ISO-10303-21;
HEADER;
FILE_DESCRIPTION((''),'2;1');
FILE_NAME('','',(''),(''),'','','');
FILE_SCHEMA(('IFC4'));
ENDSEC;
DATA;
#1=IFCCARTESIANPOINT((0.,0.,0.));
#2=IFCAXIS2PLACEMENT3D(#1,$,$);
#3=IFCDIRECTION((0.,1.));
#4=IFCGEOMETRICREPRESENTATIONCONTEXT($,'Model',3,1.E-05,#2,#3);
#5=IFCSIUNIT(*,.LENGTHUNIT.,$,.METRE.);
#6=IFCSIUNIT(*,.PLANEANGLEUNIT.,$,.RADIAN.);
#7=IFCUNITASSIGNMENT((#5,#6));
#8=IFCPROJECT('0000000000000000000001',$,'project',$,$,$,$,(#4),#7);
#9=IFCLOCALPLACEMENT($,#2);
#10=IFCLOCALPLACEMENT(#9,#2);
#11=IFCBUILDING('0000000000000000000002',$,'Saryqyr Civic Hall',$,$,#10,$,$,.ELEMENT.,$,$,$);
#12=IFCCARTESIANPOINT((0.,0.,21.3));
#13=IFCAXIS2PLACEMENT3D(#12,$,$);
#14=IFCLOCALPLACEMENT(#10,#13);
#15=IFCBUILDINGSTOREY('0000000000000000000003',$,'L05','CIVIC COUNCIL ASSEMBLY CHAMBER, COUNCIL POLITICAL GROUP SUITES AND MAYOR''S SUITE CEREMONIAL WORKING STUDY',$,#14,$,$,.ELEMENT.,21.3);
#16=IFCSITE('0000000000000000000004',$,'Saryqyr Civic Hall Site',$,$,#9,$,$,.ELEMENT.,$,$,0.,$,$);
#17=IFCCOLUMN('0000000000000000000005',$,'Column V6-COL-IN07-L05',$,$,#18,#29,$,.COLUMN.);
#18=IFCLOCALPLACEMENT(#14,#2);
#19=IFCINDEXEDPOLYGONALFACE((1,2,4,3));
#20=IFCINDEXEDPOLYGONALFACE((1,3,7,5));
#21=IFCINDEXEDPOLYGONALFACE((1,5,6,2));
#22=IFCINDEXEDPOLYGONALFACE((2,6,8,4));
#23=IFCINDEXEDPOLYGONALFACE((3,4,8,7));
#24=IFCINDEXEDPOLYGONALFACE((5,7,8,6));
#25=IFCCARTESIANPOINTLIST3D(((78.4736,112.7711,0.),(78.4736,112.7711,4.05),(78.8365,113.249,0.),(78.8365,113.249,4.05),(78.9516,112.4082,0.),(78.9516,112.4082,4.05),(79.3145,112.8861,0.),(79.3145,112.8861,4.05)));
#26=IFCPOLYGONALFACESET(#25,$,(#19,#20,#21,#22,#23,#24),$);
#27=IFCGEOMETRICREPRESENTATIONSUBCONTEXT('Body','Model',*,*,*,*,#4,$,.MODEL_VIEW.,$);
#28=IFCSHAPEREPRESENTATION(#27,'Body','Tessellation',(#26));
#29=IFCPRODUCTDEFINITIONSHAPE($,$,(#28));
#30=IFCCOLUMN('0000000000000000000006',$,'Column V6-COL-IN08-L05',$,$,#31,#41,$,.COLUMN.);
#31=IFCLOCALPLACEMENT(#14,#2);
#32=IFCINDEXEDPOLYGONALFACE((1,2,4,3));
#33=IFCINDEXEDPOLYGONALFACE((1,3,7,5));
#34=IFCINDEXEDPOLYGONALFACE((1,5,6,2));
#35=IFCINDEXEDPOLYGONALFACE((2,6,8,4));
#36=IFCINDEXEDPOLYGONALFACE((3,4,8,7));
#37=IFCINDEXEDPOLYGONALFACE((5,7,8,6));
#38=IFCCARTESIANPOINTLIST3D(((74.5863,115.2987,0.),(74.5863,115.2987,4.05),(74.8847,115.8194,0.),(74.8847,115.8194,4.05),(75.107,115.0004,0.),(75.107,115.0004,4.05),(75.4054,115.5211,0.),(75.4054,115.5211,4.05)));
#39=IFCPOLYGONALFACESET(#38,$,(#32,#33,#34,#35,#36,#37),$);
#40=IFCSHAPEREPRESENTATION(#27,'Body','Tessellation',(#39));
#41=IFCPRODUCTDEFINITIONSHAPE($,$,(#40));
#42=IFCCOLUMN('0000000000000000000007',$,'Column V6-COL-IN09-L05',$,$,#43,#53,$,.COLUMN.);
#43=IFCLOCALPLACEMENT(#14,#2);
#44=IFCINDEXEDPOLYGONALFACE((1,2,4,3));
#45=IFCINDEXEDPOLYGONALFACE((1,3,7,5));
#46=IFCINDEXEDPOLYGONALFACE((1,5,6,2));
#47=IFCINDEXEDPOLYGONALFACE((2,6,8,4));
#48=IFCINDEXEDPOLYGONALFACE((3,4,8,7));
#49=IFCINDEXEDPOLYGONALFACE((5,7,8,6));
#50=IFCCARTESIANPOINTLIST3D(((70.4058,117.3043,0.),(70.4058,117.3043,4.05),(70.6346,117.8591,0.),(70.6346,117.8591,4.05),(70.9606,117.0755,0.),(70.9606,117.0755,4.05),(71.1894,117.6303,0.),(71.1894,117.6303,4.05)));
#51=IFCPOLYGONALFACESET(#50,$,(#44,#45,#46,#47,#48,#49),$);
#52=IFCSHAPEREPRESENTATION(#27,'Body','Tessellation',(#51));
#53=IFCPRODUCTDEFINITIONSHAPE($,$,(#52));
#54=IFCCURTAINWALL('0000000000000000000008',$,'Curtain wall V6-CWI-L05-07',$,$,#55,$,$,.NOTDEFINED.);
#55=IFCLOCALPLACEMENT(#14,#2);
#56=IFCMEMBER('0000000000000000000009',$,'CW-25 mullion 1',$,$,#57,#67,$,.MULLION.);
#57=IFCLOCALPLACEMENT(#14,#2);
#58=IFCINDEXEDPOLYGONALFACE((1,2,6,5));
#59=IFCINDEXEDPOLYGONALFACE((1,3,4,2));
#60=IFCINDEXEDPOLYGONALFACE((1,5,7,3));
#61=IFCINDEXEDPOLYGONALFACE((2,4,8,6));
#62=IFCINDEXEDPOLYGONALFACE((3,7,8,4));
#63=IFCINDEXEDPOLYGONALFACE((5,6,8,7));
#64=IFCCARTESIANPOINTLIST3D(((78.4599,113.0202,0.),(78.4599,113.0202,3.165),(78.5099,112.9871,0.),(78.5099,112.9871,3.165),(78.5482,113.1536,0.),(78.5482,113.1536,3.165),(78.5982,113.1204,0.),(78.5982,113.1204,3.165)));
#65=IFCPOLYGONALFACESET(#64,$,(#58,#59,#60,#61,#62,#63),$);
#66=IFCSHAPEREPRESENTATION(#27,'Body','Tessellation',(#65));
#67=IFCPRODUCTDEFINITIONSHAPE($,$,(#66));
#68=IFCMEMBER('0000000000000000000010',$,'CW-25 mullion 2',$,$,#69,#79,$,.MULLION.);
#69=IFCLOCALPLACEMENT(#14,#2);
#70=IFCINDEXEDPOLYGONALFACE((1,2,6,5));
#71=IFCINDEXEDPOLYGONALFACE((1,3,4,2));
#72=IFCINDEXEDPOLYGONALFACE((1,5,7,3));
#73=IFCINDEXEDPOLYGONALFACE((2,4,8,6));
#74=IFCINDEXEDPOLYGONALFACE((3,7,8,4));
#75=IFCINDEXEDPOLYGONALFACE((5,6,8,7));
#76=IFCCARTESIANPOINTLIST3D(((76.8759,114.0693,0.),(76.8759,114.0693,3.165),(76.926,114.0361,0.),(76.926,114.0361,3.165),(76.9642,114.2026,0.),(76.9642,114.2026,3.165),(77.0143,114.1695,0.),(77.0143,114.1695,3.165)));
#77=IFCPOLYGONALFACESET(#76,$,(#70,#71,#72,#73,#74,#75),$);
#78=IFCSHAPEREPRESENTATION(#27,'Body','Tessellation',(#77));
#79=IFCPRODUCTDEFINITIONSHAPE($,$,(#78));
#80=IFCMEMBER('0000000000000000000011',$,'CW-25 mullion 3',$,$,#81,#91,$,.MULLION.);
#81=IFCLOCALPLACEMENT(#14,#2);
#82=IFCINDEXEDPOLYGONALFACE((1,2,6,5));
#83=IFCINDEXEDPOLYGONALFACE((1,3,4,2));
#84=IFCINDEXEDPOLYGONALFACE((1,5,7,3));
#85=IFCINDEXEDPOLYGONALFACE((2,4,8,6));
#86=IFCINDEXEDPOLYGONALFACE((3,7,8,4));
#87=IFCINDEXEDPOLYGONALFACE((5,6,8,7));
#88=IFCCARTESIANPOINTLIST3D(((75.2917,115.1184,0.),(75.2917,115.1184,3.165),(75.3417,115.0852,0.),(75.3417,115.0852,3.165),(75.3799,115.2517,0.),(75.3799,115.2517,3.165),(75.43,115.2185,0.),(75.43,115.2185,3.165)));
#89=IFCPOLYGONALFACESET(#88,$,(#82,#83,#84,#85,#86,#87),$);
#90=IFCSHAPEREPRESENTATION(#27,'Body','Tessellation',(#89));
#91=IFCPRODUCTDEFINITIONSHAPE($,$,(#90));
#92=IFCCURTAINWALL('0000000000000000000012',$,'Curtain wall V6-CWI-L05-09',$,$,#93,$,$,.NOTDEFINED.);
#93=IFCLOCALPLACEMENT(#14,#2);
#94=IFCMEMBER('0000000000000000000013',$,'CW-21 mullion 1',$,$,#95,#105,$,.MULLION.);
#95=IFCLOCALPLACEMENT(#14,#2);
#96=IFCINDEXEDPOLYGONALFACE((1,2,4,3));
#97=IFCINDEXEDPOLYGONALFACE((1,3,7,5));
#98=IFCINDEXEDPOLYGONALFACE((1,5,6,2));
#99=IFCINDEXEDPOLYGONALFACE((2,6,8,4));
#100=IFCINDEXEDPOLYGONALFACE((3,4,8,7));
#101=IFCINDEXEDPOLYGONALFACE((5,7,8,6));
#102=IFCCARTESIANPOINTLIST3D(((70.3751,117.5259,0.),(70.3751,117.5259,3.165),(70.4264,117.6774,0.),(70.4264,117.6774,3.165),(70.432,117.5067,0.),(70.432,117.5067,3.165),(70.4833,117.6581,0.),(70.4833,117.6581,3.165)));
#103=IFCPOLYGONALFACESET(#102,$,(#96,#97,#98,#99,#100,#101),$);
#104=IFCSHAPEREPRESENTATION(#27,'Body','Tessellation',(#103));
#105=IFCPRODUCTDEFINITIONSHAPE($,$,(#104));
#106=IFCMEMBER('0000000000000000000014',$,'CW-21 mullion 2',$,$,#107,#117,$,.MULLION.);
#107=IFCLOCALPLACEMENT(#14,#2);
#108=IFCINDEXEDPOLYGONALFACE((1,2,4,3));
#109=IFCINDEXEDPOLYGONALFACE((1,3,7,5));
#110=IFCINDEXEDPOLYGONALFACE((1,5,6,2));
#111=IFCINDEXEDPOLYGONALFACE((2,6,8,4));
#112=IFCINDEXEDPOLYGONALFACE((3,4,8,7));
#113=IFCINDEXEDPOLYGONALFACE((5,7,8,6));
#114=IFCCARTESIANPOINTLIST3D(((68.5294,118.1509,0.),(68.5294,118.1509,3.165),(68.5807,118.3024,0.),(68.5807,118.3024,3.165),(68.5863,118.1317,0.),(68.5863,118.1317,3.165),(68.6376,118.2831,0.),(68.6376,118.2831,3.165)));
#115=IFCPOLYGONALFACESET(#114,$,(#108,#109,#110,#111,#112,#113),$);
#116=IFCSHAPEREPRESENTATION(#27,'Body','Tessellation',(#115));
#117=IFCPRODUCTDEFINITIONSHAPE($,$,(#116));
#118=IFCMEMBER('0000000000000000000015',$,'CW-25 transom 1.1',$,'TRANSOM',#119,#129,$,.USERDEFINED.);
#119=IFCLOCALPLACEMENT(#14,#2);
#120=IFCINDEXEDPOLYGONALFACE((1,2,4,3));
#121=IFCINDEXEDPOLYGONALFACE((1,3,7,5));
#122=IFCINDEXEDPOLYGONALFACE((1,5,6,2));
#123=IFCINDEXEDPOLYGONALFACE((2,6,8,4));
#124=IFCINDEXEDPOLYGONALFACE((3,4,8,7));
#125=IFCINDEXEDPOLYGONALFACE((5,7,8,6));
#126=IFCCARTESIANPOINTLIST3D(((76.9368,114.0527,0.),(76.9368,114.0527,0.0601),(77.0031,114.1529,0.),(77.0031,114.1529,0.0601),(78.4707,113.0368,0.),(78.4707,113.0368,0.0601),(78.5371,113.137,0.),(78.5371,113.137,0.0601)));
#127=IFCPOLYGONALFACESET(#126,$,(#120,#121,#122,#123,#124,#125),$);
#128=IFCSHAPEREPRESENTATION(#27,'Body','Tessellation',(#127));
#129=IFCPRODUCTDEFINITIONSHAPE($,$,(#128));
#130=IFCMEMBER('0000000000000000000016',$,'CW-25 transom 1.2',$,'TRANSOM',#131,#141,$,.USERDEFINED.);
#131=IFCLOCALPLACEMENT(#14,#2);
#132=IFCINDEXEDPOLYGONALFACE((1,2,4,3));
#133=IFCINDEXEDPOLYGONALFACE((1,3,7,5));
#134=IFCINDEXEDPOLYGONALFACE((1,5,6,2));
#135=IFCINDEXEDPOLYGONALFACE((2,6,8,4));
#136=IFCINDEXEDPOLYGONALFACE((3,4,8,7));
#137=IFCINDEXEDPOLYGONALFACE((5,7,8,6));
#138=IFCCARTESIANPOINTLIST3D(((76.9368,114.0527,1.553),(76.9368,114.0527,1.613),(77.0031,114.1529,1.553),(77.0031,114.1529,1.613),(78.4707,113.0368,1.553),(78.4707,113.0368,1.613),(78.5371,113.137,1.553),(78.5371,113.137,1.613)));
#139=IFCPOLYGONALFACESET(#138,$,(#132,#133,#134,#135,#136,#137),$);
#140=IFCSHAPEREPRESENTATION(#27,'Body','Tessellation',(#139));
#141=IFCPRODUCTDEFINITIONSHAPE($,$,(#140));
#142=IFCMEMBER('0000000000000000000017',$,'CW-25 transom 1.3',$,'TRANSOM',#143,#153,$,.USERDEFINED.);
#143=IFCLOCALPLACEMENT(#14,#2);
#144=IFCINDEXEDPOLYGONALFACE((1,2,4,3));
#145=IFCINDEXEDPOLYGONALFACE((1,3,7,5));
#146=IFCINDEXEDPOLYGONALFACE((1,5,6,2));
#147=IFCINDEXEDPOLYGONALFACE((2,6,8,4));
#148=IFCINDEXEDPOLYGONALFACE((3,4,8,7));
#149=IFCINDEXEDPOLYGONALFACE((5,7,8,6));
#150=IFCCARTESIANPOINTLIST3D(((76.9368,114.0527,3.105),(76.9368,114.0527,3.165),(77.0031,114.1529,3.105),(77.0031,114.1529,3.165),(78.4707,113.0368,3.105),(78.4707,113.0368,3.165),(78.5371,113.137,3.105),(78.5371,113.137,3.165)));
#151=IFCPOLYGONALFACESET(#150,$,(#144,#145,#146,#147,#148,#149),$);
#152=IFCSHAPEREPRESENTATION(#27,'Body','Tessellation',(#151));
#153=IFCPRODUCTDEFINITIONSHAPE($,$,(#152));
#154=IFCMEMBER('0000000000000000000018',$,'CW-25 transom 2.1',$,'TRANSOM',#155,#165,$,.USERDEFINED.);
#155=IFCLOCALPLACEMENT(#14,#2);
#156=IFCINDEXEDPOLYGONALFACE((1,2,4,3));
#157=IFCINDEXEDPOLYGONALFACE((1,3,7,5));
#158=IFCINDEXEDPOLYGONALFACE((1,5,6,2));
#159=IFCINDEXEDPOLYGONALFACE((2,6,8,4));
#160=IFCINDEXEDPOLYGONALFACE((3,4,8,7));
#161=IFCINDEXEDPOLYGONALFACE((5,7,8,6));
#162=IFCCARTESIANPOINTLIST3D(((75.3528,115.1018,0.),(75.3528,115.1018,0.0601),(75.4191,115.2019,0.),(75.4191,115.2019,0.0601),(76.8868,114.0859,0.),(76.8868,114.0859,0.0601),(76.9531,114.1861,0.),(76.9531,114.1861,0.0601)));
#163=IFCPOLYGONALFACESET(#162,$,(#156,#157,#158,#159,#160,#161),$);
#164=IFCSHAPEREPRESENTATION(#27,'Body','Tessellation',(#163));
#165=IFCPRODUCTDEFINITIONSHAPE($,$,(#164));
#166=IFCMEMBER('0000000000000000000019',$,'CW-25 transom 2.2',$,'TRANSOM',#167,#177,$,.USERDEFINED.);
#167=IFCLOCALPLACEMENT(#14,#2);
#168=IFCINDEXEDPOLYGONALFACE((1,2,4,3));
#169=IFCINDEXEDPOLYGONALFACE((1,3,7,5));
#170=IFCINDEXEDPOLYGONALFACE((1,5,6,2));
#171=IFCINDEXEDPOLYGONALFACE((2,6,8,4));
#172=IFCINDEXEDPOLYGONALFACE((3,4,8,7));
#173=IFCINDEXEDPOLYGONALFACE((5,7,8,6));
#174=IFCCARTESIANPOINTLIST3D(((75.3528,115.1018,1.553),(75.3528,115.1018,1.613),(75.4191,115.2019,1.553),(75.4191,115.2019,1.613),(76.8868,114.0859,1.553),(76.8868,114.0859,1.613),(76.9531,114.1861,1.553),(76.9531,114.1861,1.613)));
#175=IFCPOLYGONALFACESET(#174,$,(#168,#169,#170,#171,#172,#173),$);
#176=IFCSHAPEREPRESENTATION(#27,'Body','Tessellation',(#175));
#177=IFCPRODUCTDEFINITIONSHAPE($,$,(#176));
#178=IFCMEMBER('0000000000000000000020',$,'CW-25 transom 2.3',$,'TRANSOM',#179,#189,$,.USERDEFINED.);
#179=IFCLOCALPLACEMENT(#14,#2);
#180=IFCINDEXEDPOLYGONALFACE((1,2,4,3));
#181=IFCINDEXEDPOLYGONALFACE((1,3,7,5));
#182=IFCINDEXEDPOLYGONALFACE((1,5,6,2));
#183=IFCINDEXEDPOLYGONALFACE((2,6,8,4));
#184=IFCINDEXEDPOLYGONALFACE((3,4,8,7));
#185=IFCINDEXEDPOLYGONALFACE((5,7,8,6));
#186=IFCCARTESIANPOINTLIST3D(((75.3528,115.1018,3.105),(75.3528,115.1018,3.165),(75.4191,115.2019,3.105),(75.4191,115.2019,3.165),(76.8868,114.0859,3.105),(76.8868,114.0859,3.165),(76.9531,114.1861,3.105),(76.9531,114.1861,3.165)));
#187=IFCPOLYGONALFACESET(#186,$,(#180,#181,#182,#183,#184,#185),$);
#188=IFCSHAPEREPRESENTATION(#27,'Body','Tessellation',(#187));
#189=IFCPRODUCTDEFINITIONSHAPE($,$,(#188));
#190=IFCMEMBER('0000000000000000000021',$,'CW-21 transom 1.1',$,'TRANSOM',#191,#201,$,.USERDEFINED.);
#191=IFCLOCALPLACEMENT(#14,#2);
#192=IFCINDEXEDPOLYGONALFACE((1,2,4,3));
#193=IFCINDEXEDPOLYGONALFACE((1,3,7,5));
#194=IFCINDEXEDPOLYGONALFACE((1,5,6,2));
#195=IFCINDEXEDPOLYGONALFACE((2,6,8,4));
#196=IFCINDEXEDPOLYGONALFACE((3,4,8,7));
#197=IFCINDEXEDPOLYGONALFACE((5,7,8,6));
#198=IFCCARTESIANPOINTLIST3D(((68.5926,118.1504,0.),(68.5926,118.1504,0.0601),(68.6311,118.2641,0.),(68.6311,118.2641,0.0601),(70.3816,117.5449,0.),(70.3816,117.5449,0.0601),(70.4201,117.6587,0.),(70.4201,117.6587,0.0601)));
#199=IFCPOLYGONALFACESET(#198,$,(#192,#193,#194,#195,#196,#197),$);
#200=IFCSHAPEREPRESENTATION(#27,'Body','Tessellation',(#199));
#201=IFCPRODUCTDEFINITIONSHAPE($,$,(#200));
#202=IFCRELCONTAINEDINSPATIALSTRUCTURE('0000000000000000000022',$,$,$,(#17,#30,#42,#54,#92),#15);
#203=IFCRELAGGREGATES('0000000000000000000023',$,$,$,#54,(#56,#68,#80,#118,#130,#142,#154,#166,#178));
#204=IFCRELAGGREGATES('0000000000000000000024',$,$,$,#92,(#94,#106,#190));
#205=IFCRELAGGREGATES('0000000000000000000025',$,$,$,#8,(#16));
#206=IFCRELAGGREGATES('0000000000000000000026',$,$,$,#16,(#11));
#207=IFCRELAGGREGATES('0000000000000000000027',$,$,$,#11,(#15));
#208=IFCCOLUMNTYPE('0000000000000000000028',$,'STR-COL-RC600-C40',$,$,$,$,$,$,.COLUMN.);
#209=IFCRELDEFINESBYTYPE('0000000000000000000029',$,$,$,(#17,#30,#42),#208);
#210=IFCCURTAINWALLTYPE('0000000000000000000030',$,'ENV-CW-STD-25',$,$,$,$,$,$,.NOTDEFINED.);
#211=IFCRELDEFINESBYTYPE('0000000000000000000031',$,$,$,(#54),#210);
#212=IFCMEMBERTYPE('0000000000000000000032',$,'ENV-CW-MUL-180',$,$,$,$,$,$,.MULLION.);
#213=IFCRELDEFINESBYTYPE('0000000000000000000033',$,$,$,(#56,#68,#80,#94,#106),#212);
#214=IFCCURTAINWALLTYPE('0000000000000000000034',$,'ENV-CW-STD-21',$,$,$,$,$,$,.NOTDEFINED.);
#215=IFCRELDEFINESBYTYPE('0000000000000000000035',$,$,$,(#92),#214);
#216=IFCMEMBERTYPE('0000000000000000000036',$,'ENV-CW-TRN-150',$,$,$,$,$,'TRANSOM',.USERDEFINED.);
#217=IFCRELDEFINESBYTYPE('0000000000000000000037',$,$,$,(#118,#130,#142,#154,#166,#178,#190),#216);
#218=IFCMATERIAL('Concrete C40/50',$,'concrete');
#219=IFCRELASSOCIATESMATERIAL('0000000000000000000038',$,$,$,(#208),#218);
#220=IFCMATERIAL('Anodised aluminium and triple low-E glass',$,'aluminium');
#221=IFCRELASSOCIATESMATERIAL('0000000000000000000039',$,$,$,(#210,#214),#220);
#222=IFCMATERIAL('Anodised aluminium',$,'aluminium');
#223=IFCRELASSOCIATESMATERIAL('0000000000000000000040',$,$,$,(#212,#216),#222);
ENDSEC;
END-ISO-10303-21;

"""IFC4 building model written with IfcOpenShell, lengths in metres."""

from ifc_helpers import new_model, si_unit, direction, frame, origin, origin_2d, place, context, subcontext, project, spatial, rectangle, extrude, material, material_profile, profile_set, type_object, element, aggregate, save


model = new_model("IFC4")

# Units and contexts
model_context = context("Model", 3, precision=1e-05, world=origin(), true_north=direction((0.0, 1.0)))
body_context = subcontext(model_context, "Body", "Model", "MODEL_VIEW")
ifc_project = project(units=[si_unit("LENGTHUNIT", "METRE"), si_unit("PLANEANGLEUNIT", "RADIAN")], contexts=[model_context])

# Site, building, storey
site_placement = place(None, origin())
site = spatial("IfcSite", under=ifc_project, at=site_placement, Name="Saryqyr Civic Hall Site", CompositionType="ELEMENT", RefElevation=0.0)
building_placement = place(site_placement, origin())
building = spatial("IfcBuilding", under=site, at=building_placement, Name="Saryqyr Civic Hall", CompositionType="ELEMENT")
storey_placement = place(building_placement, frame((0.0, 0.0, 21.3)))
storey = spatial("IfcBuildingStorey", under=building, at=storey_placement, Name="L05", Description="CIVIC COUNCIL ASSEMBLY CHAMBER, COUNCIL POLITICAL GROUP SUITES AND MAYOR'S SUITE CEREMONIAL WORKING STUDY", CompositionType="ELEMENT", Elevation=21.3)

# Columns
ifc_material_1 = material(Name="Concrete C40/50", Category="concrete")
ifc_material_profile_1 = material_profile(ifc_material_1, rectangle(XDim=0.6001, YDim=0.6001, at=origin_2d()), Name="RC 600x600")
ifc_profile_set_1 = profile_set([ifc_material_profile_1], Name="Concrete C40/50")
column_type = type_object("IfcColumnType", Name="STR-COL-RC600-C40", PredefinedType="COLUMN", material=ifc_profile_set_1)
for number, where, z_axis, x_axis, name in (
    (1, (78.894, 112.8286, 0.0), (0.0, 0.0, 1.0), (0.604738, 0.796424, 0.0), "Column V6-COL-IN07-L05"),
    (2, (74.9958, 115.4099, 0.0), (0.0, 0.0, 1.0), (0.497125, 0.867679, 0.0), "Column V6-COL-IN08-L05"),
    (3, (70.7976, 117.4673, 0.0), (0.0, 0.0, 1.0), (0.381232, 0.92448, 0.0), "Column V6-COL-IN09-L05"),
):
    element("IfcColumn", number, at=place(storey_placement, frame(where, z_axis=z_axis, x_axis=x_axis)), inside=storey, type_object=column_type, Name=name, PredefinedType="COLUMN", context=body_context, shape_type="SweptSolid", body=[
        extrude(rectangle(XDim=0.6001, YDim=0.6001, at=origin_2d()), origin(), (0.0, 0.0, 1.0), 4.05),
    ])

# Curtain walls, members
ifc_material_2 = material(Name="Anodised aluminium and triple low-E glass", Category="aluminium")
curtain_wall_type_1 = type_object("IfcCurtainWallType", Name="ENV-CW-STD-25", PredefinedType="NOTDEFINED", material=ifc_material_2)
curtain_wall_1_placement = place(storey_placement, origin())
curtain_wall_1 = element("IfcCurtainWall", 4, at=curtain_wall_1_placement, inside=storey, type_object=curtain_wall_type_1, Name="Curtain wall V6-CWI-L05-07", PredefinedType="NOTDEFINED")
ifc_material_3 = material(Name="Anodised aluminium", Category="aluminium")
ifc_material_profile_2 = material_profile(ifc_material_3, rectangle(XDim=0.0601, YDim=0.1599, at=origin_2d()), Name="ALU MULLION 60x160")
ifc_profile_set_2 = profile_set([ifc_material_profile_2], Name="Anodised aluminium")
member_type_1 = type_object("IfcMemberType", Name="ENV-CW-MUL-180", PredefinedType="MULLION", material=ifc_profile_set_2)
member_1_placement = place(storey_placement, frame((78.5291, 113.0703, 0.0), z_axis=(0.0, 0.0, 1.0), x_axis=(-0.833756, 0.552133, 0.0)))
member_1 = element("IfcMember", 5, at=member_1_placement, type_object=member_type_1, Name="CW-25 mullion 1", PredefinedType="MULLION", context=body_context, shape_type="SweptSolid", body=[
    extrude(rectangle(XDim=0.0601, YDim=0.1599, at=origin_2d()), origin(), (0.0, 0.0, 1.0), 3.165),
])
member_2_placement = place(storey_placement, frame((76.9451, 114.1194, 0.0), z_axis=(0.0, 0.0, 1.0), x_axis=(-0.833756, 0.552133, 0.0)))
member_2 = element("IfcMember", 6, at=member_2_placement, type_object=member_type_1, Name="CW-25 mullion 2", PredefinedType="MULLION", context=body_context, shape_type="SweptSolid", body=[
    extrude(rectangle(XDim=0.0601, YDim=0.1599, at=origin_2d()), origin(), (0.0, 0.0, 1.0), 3.165),
])
member_3_placement = place(storey_placement, frame((75.3608, 115.1685, 0.0), z_axis=(0.0, 0.0, 1.0), x_axis=(-0.833756, 0.552133, 0.0)))
member_3 = element("IfcMember", 7, at=member_3_placement, type_object=member_type_1, Name="CW-25 mullion 3", PredefinedType="MULLION", context=body_context, shape_type="SweptSolid", body=[
    extrude(rectangle(XDim=0.0601, YDim=0.1599, at=origin_2d()), origin(), (0.0, 0.0, 1.0), 3.165),
])
curtain_wall_type_2 = type_object("IfcCurtainWallType", Name="ENV-CW-STD-21", PredefinedType="NOTDEFINED", material=ifc_material_2)
curtain_wall_2_placement = place(storey_placement, origin())
curtain_wall_2 = element("IfcCurtainWall", 8, at=curtain_wall_2_placement, inside=storey, type_object=curtain_wall_type_2, Name="Curtain wall V6-CWI-L05-09", PredefinedType="NOTDEFINED")
member_4_placement = place(storey_placement, frame((70.4292, 117.592, 0.0), z_axis=(0.0, 0.0, 1.0), x_axis=(-0.947202, 0.320636, 0.0)))
member_4 = element("IfcMember", 9, at=member_4_placement, type_object=member_type_1, Name="CW-21 mullion 1", PredefinedType="MULLION", context=body_context, shape_type="SweptSolid", body=[
    extrude(rectangle(XDim=0.0601, YDim=0.1599, at=origin_2d()), origin(), (0.0, 0.0, 1.0), 3.165),
])
member_5_placement = place(storey_placement, frame((68.5835, 118.217, 0.0), z_axis=(0.0, 0.0, 1.0), x_axis=(-0.947202, 0.320636, 0.0)))
member_5 = element("IfcMember", 10, at=member_5_placement, type_object=member_type_1, Name="CW-21 mullion 2", PredefinedType="MULLION", context=body_context, shape_type="SweptSolid", body=[
    extrude(rectangle(XDim=0.0601, YDim=0.1599, at=origin_2d()), origin(), (0.0, 0.0, 1.0), 3.165),
])

# Members
ifc_material_profile_3 = material_profile(ifc_material_3, rectangle(XDim=0.1201, YDim=0.0601, at=origin_2d()), Name="ALU TRANSOM 120x60")
ifc_profile_set_3 = profile_set([ifc_material_profile_3], Name="Anodised aluminium")
member_type_2 = type_object("IfcMemberType", Name="ENV-CW-TRN-150", ElementType="TRANSOM", PredefinedType="USERDEFINED", material=ifc_profile_set_3)
member_6_placement = place(storey_placement, frame((78.5039, 113.0869, 0.03), z_axis=(-0.833741, 0.552156, 0.0), x_axis=(-0.552156, -0.833741, 0.0)))
member_6 = element("IfcMember", 11, at=member_6_placement, type_object=member_type_2, Name="CW-25 transom 1.1", ObjectType="TRANSOM", PredefinedType="USERDEFINED", context=body_context, shape_type="SweptSolid", body=[
    extrude(rectangle(XDim=0.1201, YDim=0.0601, at=origin_2d()), origin(), (0.0, 0.0, 1.0), 1.8398),
])
member_7_placement = place(storey_placement, frame((78.5039, 113.0869, 1.583), z_axis=(-0.833741, 0.552156, 0.0), x_axis=(-0.552156, -0.833741, 0.0)))
member_7 = element("IfcMember", 12, at=member_7_placement, type_object=member_type_2, Name="CW-25 transom 1.2", ObjectType="TRANSOM", PredefinedType="USERDEFINED", context=body_context, shape_type="SweptSolid", body=[
    extrude(rectangle(XDim=0.1201, YDim=0.0601, at=origin_2d()), origin(), (0.0, 0.0, 1.0), 1.8398),
])
member_8_placement = place(storey_placement, frame((78.5039, 113.0869, 3.135), z_axis=(-0.833741, 0.552156, 0.0), x_axis=(-0.552156, -0.833741, 0.0)))
member_8 = element("IfcMember", 13, at=member_8_placement, type_object=member_type_2, Name="CW-25 transom 1.3", ObjectType="TRANSOM", PredefinedType="USERDEFINED", context=body_context, shape_type="SweptSolid", body=[
    extrude(rectangle(XDim=0.1201, YDim=0.0601, at=origin_2d()), origin(), (0.0, 0.0, 1.0), 1.8398),
])
member_9_placement = place(storey_placement, frame((76.9199, 114.136, 0.03), z_axis=(-0.833741, 0.552156, 0.0), x_axis=(-0.552156, -0.833741, 0.0)))
member_9 = element("IfcMember", 14, at=member_9_placement, type_object=member_type_2, Name="CW-25 transom 2.1", ObjectType="TRANSOM", PredefinedType="USERDEFINED", context=body_context, shape_type="SweptSolid", body=[
    extrude(rectangle(XDim=0.1201, YDim=0.0601, at=origin_2d()), origin(), (0.0, 0.0, 1.0), 1.8398),
])
member_10_placement = place(storey_placement, frame((76.9199, 114.136, 1.583), z_axis=(-0.833741, 0.552156, 0.0), x_axis=(-0.552156, -0.833741, 0.0)))
member_10 = element("IfcMember", 15, at=member_10_placement, type_object=member_type_2, Name="CW-25 transom 2.2", ObjectType="TRANSOM", PredefinedType="USERDEFINED", context=body_context, shape_type="SweptSolid", body=[
    extrude(rectangle(XDim=0.1201, YDim=0.0601, at=origin_2d()), origin(), (0.0, 0.0, 1.0), 1.8398),
])
member_11_placement = place(storey_placement, frame((76.9199, 114.136, 3.135), z_axis=(-0.833741, 0.552156, 0.0), x_axis=(-0.552156, -0.833741, 0.0)))
member_11 = element("IfcMember", 16, at=member_11_placement, type_object=member_type_2, Name="CW-25 transom 2.3", ObjectType="TRANSOM", PredefinedType="USERDEFINED", context=body_context, shape_type="SweptSolid", body=[
    extrude(rectangle(XDim=0.1201, YDim=0.0601, at=origin_2d()), origin(), (0.0, 0.0, 1.0), 1.8398),
])
member_12_placement = place(storey_placement, frame((70.4009, 117.6018, 0.03), z_axis=(-0.947226, 0.320568, 0.0), x_axis=(-0.320568, -0.947226, 0.0)))
member_12 = element("IfcMember", 17, at=member_12_placement, type_object=member_type_2, Name="CW-21 transom 1.1", ObjectType="TRANSOM", PredefinedType="USERDEFINED", context=body_context, shape_type="SweptSolid", body=[
    extrude(rectangle(XDim=0.1201, YDim=0.0601, at=origin_2d()), origin(), (0.0, 0.0, 1.0), 1.8887),
])

aggregate(curtain_wall_1, [member_1, member_2, member_3, member_6, member_7, member_8, member_9, member_10, member_11])
aggregate(curtain_wall_2, [member_4, member_5, member_12])

save(model, "model.ifc")
